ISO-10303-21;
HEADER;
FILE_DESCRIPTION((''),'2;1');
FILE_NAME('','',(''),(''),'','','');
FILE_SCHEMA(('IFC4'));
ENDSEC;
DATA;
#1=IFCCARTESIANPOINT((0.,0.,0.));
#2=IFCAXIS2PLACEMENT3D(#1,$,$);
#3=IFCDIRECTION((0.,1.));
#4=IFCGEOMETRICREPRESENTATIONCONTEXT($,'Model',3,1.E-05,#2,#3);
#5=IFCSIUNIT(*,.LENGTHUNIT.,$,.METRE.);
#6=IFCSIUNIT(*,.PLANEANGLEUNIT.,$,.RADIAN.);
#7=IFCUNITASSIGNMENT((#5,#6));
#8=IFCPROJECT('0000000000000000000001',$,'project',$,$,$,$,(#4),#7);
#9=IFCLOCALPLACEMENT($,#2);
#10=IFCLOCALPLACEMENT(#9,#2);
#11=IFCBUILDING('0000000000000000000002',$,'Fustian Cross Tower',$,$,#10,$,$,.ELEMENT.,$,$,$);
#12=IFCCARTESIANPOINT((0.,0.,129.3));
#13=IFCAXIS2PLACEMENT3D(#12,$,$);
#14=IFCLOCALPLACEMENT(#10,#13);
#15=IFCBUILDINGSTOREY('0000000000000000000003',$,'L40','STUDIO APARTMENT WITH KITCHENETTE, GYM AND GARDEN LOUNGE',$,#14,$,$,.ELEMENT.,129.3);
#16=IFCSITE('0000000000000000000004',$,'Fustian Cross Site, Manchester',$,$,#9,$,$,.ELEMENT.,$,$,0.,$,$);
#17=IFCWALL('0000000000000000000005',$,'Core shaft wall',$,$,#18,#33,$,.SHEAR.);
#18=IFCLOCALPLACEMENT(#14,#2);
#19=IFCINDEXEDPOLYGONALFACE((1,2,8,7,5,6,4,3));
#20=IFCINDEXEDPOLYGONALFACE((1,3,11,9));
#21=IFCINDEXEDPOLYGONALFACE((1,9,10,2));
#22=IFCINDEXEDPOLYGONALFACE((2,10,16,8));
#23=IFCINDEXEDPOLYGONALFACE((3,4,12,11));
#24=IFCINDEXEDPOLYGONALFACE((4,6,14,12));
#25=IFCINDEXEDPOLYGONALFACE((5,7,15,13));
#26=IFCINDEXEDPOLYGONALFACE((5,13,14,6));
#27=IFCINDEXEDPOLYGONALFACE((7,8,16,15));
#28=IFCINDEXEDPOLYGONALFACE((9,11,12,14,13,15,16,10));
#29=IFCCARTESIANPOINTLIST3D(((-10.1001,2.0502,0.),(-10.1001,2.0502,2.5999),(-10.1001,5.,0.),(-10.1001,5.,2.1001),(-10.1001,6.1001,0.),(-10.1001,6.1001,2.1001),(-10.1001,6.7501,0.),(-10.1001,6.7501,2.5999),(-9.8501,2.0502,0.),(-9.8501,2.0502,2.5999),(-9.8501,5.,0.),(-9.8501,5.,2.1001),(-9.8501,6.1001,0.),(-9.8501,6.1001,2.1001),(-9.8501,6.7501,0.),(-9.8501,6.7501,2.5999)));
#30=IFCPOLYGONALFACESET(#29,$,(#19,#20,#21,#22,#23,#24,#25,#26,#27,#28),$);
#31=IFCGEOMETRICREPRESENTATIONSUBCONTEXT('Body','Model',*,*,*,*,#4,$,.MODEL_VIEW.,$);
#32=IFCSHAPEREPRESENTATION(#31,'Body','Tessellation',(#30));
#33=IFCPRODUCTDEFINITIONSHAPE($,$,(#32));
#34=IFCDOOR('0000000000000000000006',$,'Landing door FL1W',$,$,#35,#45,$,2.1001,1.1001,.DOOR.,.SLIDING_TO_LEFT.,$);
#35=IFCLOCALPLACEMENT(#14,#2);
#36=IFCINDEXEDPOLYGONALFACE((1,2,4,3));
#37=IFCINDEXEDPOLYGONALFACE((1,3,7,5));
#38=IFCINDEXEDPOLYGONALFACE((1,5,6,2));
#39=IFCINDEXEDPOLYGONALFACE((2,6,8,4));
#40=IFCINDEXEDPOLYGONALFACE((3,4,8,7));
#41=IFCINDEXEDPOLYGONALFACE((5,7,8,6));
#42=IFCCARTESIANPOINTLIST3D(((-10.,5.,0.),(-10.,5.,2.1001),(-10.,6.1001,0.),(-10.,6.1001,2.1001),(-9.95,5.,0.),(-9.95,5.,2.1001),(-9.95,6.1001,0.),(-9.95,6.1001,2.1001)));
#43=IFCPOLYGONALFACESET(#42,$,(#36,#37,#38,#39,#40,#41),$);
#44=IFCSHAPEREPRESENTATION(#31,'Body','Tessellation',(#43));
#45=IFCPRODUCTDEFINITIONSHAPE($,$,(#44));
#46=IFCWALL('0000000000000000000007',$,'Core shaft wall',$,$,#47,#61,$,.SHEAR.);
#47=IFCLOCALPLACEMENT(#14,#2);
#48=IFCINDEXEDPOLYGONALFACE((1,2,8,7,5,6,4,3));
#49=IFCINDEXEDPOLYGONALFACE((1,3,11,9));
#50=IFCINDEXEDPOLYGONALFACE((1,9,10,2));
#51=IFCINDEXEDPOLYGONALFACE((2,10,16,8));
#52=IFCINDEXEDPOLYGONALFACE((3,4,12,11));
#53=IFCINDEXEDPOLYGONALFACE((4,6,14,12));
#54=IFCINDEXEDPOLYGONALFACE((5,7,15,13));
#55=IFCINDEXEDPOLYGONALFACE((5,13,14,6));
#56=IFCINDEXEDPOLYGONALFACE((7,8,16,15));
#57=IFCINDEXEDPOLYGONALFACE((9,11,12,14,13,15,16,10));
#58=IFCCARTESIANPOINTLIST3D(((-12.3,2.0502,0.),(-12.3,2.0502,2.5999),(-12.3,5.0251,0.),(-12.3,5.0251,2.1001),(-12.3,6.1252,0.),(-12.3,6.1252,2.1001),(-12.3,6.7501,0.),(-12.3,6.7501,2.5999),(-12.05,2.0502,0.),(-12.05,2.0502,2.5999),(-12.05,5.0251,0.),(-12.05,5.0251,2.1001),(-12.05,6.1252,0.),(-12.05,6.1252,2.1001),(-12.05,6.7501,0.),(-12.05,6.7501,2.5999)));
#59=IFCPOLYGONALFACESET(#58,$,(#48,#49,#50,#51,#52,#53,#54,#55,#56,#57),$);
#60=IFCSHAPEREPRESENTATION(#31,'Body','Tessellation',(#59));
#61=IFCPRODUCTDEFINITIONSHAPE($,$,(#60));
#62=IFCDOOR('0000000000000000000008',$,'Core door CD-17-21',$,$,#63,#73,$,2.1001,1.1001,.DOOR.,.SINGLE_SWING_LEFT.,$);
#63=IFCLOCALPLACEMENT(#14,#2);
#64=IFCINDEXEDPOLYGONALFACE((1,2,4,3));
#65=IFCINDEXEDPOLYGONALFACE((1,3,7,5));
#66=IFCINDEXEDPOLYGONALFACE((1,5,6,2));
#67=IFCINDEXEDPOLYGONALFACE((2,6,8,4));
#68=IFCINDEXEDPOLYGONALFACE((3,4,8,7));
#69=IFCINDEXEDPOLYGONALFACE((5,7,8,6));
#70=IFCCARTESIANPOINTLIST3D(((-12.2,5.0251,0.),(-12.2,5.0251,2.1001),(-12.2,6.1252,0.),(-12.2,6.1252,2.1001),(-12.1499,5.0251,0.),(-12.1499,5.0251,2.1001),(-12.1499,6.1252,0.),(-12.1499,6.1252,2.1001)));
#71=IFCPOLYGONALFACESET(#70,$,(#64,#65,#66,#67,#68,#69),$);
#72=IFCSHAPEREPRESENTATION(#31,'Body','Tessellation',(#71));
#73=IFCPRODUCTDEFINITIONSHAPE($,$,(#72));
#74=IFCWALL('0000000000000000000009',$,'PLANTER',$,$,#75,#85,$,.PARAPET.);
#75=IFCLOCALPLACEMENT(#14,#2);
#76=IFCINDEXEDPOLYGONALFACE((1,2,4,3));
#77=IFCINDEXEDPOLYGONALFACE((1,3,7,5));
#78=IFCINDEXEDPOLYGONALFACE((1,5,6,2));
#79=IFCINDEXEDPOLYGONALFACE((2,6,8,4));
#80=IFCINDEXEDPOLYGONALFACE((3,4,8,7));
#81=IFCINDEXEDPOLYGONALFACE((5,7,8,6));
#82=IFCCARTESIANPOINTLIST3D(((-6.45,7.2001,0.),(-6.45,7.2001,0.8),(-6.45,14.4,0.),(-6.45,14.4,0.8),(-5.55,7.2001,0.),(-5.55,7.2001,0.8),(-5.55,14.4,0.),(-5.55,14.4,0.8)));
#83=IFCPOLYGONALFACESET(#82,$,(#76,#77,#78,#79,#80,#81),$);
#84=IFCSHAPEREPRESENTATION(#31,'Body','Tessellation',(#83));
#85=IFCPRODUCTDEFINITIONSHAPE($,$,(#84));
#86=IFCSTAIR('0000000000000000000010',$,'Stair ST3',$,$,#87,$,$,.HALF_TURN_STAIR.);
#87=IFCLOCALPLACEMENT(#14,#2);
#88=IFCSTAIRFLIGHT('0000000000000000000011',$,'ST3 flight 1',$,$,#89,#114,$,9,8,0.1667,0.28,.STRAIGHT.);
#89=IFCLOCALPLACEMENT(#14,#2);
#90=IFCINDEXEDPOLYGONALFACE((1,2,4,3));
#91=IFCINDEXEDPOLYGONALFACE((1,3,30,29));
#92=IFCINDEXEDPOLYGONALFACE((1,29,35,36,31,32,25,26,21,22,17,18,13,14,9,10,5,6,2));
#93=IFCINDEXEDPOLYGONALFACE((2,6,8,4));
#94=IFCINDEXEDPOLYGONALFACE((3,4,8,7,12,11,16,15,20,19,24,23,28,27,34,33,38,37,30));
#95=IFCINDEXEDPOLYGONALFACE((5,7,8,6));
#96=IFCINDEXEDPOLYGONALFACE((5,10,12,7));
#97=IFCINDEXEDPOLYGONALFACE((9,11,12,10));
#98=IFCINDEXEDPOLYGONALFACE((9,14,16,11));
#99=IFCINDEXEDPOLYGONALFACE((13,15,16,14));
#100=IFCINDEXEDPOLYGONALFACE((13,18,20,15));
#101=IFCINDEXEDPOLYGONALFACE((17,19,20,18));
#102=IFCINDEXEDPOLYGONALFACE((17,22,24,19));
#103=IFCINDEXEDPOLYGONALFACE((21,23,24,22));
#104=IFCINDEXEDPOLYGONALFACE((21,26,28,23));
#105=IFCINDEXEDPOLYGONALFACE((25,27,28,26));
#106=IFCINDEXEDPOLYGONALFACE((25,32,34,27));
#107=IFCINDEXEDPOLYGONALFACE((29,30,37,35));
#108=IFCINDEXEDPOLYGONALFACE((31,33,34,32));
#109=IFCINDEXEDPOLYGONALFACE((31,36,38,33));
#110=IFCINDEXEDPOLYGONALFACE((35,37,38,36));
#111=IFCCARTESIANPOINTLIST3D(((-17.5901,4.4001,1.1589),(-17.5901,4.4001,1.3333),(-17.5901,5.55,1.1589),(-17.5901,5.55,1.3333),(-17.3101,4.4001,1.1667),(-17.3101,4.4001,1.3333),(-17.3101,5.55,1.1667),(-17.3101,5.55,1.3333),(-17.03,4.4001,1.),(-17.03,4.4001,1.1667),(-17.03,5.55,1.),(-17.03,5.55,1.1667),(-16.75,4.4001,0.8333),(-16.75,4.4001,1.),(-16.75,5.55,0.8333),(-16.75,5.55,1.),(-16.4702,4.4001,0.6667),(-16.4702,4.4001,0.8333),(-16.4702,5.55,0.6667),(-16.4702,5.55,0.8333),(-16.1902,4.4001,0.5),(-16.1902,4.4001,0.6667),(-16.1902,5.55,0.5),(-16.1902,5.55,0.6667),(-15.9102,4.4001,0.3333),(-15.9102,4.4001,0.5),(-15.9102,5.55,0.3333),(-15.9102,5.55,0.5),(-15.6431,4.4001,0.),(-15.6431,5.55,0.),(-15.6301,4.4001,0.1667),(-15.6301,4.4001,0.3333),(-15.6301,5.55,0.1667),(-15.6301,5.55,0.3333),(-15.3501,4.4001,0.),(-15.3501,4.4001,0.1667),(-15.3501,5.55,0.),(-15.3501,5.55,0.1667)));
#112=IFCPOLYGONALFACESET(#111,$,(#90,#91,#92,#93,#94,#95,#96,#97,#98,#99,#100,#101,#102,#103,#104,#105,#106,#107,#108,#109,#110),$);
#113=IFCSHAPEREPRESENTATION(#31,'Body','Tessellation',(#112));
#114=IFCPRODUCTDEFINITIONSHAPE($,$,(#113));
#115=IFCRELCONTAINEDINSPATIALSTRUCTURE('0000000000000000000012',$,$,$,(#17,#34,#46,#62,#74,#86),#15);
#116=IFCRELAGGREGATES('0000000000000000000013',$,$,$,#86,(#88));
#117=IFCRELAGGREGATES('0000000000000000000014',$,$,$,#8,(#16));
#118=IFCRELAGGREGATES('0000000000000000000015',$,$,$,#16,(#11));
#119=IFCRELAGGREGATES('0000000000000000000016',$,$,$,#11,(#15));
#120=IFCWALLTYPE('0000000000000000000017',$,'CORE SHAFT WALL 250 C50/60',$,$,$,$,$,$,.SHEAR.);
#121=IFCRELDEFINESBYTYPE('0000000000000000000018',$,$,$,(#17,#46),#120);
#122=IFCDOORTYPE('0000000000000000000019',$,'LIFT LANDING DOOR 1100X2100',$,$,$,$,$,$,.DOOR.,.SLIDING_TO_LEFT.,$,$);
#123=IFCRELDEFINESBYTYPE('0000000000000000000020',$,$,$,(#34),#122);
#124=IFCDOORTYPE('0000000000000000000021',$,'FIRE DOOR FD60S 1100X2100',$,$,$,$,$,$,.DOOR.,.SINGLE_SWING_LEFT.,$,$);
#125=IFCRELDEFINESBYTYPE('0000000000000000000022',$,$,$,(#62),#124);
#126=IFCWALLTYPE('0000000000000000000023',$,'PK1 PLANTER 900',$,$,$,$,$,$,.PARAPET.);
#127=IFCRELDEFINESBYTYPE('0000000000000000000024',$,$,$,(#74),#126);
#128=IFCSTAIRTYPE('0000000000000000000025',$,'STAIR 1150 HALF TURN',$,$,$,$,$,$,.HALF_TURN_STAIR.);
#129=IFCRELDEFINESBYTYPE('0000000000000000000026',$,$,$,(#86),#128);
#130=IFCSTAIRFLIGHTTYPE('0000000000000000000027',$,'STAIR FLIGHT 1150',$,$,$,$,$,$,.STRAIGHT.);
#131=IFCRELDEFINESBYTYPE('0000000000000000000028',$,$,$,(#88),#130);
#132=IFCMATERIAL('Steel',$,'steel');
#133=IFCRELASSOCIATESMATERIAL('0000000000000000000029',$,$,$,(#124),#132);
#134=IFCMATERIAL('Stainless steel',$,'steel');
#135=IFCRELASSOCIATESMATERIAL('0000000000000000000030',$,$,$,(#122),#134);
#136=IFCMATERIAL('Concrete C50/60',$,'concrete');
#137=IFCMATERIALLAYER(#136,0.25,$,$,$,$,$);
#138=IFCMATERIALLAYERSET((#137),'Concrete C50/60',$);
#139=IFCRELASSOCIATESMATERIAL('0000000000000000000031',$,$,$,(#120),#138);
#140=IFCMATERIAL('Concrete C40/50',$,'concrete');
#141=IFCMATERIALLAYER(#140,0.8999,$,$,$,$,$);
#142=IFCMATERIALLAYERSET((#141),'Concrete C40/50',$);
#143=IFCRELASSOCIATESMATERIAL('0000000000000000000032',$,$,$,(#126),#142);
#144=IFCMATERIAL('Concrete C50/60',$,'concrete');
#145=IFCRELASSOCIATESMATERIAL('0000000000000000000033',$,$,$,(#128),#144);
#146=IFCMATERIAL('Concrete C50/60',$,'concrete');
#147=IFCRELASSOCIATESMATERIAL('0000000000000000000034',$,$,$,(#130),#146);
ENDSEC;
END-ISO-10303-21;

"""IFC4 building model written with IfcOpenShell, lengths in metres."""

from ifc_helpers import new_model, si_unit, direction, frame, frame_2d, origin, place, context, subcontext, project, spatial, polyline, rectangle, outline, extrude, material, layer, layer_set, type_object, element, fill, aggregate, save


model = new_model("IFC4")

# Units and contexts
model_context = context("Model", 3, precision=1e-05, world=origin(), true_north=direction((0.0, 1.0)))
body_context = subcontext(model_context, "Body", "Model", "MODEL_VIEW")
ifc_project = project(units=[si_unit("LENGTHUNIT", "METRE"), si_unit("PLANEANGLEUNIT", "RADIAN")], contexts=[model_context])

# Site, building, storey
site_placement = place(None, origin())
site = spatial("IfcSite", under=ifc_project, at=site_placement, Name="Fustian Cross Site, Manchester", CompositionType="ELEMENT", RefElevation=0.0)
building_placement = place(site_placement, origin())
building = spatial("IfcBuilding", under=site, at=building_placement, Name="Fustian Cross Tower", CompositionType="ELEMENT")
storey_placement = place(building_placement, frame((0.0, 0.0, 129.3)))
storey = spatial("IfcBuildingStorey", under=building, at=storey_placement, Name="L40", Description="STUDIO APARTMENT WITH KITCHENETTE, GYM AND GARDEN LOUNGE", CompositionType="ELEMENT", Elevation=129.3)

# Shared definitions
ifc_material_1 = material(Name="Steel", Category="steel")
door_type_1 = type_object("IfcDoorType", Name="FIRE DOOR FD60S 1100X2100", OperationType="SINGLE_SWING_LEFT", PredefinedType="DOOR", material=ifc_material_1)
ifc_material_2 = material(Name="Stainless steel", Category="steel")
door_type_2 = type_object("IfcDoorType", Name="LIFT LANDING DOOR 1100X2100", OperationType="SLIDING_TO_LEFT", PredefinedType="DOOR", material=ifc_material_2)

# Shared definitions
ifc_material_3 = material(Name="Concrete C50/60", Category="concrete")
ifc_layer_1 = layer(ifc_material_3, 0.25)
ifc_layer_set_1 = layer_set([ifc_layer_1], Name="Concrete C50/60")
wall_type_1 = type_object("IfcWallType", Name="CORE SHAFT WALL 250 C50/60", PredefinedType="SHEAR", material=ifc_layer_set_1)

# Walls, openings, doors
wall_1_placement = place(storey_placement, frame((-9.9751, 2.05, 0.0), z_axis=(0.0, 0.0, 1.0), x_axis=(0.0, 1.0, 0.0)))
wall_1 = element("IfcWall", 1, at=wall_1_placement, inside=storey, type_object=wall_type_1, Name="Core shaft wall", PredefinedType="SHEAR", context=body_context, shape_type="SweptSolid", body=[
    extrude(rectangle(XDim=4.7, YDim=0.25, at=frame_2d((2.3501, 0.0))), origin(), (0.0, 0.0, 1.0), 2.5999),
])
opening_1_placement = place(wall_1_placement, frame((2.95, 0.0, 0.0)))
opening_1 = element("IfcOpeningElement", 2, at=opening_1_placement, cuts=wall_1, PredefinedType="OPENING", context=body_context, shape_type="SweptSolid", body=[
    extrude(rectangle(XDim=1.1001, YDim=2.1001, at=frame_2d((0.55, 1.05))), frame((0.0, 0.135, 0.0), z_axis=(0.0, -1.0, 0.0), x_axis=(1.0, 0.0, 0.0)), (0.0, 0.0, 1.0), 0.27),
])
door_1_placement = place(opening_1_placement, origin())
door_1 = element("IfcDoor", 3, at=door_1_placement, inside=storey, type_object=door_type_2, Name="Landing door FL1W", OperationType="SLIDING_TO_LEFT", OverallHeight=2.1001, OverallWidth=1.1001, PredefinedType="DOOR", context=body_context, shape_type="SweptSolid", body=[
    extrude(rectangle(XDim=1.1001, YDim=2.1001, at=frame_2d((0.55, 1.05))), frame((0.0, 0.0249, 0.0), z_axis=(0.0, -1.0, 0.0), x_axis=(1.0, 0.0, 0.0)), (0.0, 0.0, 1.0), 0.05),
])
fill(opening_1, door_1)
wall_2_placement = place(storey_placement, frame((-12.175, 2.05, 0.0), z_axis=(0.0, 0.0, 1.0), x_axis=(0.0, 1.0, 0.0)))
wall_2 = element("IfcWall", 4, at=wall_2_placement, inside=storey, type_object=wall_type_1, Name="Core shaft wall", PredefinedType="SHEAR", context=body_context, shape_type="SweptSolid", body=[
    extrude(rectangle(XDim=4.7, YDim=0.25, at=frame_2d((2.3501, 0.0))), origin(), (0.0, 0.0, 1.0), 2.5999),
])
opening_2_placement = place(wall_2_placement, frame((2.9751, 0.0, 0.0)))
opening_2 = element("IfcOpeningElement", 5, at=opening_2_placement, cuts=wall_2, PredefinedType="OPENING", context=body_context, shape_type="SweptSolid", body=[
    extrude(rectangle(XDim=1.1001, YDim=2.1001, at=frame_2d((0.55, 1.05))), frame((0.0, 0.135, 0.0), z_axis=(0.0, -1.0, 0.0), x_axis=(1.0, 0.0, 0.0)), (0.0, 0.0, 1.0), 0.27),
])
door_2_placement = place(opening_2_placement, origin())
door_2 = element("IfcDoor", 6, at=door_2_placement, inside=storey, type_object=door_type_1, Name="Core door CD-17-21", OperationType="SINGLE_SWING_LEFT", OverallHeight=2.1001, OverallWidth=1.1001, PredefinedType="DOOR", context=body_context, shape_type="SweptSolid", body=[
    extrude(rectangle(XDim=1.1001, YDim=2.1001, at=frame_2d((0.55, 1.05))), frame((0.0, 0.0249, 0.0), z_axis=(0.0, -1.0, 0.0), x_axis=(1.0, 0.0, 0.0)), (0.0, 0.0, 1.0), 0.05),
])
fill(opening_2, door_2)

# Wall
ifc_material_4 = material(Name="Concrete C40/50", Category="concrete")
ifc_layer_2 = layer(ifc_material_4, 0.8999)
ifc_layer_set_2 = layer_set([ifc_layer_2], Name="Concrete C40/50")
wall_type_2 = type_object("IfcWallType", Name="PK1 PLANTER 900", PredefinedType="PARAPET", material=ifc_layer_set_2)
wall_3_placement = place(storey_placement, frame((-6.0, 7.2, 0.0), z_axis=(0.0, 0.0, 1.0), x_axis=(0.0, 1.0, 0.0)))
element("IfcWall", 7, at=wall_3_placement, inside=storey, type_object=wall_type_2, Name="PLANTER", PredefinedType="PARAPET", context=body_context, shape_type="SweptSolid", body=[
    extrude(rectangle(XDim=7.2, YDim=0.8999, at=frame_2d((3.6001, 0.0))), origin(), (0.0, 0.0, 1.0), 0.8),
])

# Stair, stair flight
ifc_material_5 = material(Name="Concrete C50/60", Category="concrete")
stair_type = type_object("IfcStairType", Name="STAIR 1150 HALF TURN", PredefinedType="HALF_TURN_STAIR", material=ifc_material_5)
stair_placement = place(storey_placement, origin())
stair = element("IfcStair", 8, at=stair_placement, inside=storey, type_object=stair_type, Name="Stair ST3", PredefinedType="HALF_TURN_STAIR")
ifc_material_6 = material(Name="Concrete C50/60", Category="concrete")
stair_flight_type = type_object("IfcStairFlightType", Name="STAIR FLIGHT 1150", PredefinedType="STRAIGHT", material=ifc_material_6)
stair_flight_placement = place(storey_placement, frame((-15.3501, 4.9751, 0.0), z_axis=(0.0, 0.0, 1.0), x_axis=(-1.0, 0.0, 0.0)))
stair_flight = element("IfcStairFlight", 9, at=stair_flight_placement, type_object=stair_flight_type, Name="ST3 flight 1", NumberOfRisers=9, NumberOfTreads=8, PredefinedType="STRAIGHT", RiserHeight=0.1667, TreadLength=0.28, context=body_context, shape_type="SweptSolid", body=[
    extrude(outline(polyline([(0.0, 0.0), (0.0, 0.1667), (0.28, 0.1667), (0.28, 0.3333), (0.5601, 0.3333), (0.5601, 0.5), (0.8401, 0.5), (0.8401, 0.6667), (1.1201, 0.6667), (1.1201, 0.8333), (1.3999, 0.8333), (1.3999, 1.0), (1.6799, 1.0), (1.6799, 1.1667), (1.96, 1.1667), (1.96, 1.3333), (2.24, 1.3333), (2.24, 1.5), (2.24, 1.1589), (0.293, 0.0), (0.0, 0.0)])), frame((0.0, 0.575, 0.0), z_axis=(0.0, -1.0, 0.0), x_axis=(1.0, 0.0, 0.0)), (0.0, 0.0, 1.0), 1.1499),
])
aggregate(stair, [stair_flight])

save(model, "model.ifc")
